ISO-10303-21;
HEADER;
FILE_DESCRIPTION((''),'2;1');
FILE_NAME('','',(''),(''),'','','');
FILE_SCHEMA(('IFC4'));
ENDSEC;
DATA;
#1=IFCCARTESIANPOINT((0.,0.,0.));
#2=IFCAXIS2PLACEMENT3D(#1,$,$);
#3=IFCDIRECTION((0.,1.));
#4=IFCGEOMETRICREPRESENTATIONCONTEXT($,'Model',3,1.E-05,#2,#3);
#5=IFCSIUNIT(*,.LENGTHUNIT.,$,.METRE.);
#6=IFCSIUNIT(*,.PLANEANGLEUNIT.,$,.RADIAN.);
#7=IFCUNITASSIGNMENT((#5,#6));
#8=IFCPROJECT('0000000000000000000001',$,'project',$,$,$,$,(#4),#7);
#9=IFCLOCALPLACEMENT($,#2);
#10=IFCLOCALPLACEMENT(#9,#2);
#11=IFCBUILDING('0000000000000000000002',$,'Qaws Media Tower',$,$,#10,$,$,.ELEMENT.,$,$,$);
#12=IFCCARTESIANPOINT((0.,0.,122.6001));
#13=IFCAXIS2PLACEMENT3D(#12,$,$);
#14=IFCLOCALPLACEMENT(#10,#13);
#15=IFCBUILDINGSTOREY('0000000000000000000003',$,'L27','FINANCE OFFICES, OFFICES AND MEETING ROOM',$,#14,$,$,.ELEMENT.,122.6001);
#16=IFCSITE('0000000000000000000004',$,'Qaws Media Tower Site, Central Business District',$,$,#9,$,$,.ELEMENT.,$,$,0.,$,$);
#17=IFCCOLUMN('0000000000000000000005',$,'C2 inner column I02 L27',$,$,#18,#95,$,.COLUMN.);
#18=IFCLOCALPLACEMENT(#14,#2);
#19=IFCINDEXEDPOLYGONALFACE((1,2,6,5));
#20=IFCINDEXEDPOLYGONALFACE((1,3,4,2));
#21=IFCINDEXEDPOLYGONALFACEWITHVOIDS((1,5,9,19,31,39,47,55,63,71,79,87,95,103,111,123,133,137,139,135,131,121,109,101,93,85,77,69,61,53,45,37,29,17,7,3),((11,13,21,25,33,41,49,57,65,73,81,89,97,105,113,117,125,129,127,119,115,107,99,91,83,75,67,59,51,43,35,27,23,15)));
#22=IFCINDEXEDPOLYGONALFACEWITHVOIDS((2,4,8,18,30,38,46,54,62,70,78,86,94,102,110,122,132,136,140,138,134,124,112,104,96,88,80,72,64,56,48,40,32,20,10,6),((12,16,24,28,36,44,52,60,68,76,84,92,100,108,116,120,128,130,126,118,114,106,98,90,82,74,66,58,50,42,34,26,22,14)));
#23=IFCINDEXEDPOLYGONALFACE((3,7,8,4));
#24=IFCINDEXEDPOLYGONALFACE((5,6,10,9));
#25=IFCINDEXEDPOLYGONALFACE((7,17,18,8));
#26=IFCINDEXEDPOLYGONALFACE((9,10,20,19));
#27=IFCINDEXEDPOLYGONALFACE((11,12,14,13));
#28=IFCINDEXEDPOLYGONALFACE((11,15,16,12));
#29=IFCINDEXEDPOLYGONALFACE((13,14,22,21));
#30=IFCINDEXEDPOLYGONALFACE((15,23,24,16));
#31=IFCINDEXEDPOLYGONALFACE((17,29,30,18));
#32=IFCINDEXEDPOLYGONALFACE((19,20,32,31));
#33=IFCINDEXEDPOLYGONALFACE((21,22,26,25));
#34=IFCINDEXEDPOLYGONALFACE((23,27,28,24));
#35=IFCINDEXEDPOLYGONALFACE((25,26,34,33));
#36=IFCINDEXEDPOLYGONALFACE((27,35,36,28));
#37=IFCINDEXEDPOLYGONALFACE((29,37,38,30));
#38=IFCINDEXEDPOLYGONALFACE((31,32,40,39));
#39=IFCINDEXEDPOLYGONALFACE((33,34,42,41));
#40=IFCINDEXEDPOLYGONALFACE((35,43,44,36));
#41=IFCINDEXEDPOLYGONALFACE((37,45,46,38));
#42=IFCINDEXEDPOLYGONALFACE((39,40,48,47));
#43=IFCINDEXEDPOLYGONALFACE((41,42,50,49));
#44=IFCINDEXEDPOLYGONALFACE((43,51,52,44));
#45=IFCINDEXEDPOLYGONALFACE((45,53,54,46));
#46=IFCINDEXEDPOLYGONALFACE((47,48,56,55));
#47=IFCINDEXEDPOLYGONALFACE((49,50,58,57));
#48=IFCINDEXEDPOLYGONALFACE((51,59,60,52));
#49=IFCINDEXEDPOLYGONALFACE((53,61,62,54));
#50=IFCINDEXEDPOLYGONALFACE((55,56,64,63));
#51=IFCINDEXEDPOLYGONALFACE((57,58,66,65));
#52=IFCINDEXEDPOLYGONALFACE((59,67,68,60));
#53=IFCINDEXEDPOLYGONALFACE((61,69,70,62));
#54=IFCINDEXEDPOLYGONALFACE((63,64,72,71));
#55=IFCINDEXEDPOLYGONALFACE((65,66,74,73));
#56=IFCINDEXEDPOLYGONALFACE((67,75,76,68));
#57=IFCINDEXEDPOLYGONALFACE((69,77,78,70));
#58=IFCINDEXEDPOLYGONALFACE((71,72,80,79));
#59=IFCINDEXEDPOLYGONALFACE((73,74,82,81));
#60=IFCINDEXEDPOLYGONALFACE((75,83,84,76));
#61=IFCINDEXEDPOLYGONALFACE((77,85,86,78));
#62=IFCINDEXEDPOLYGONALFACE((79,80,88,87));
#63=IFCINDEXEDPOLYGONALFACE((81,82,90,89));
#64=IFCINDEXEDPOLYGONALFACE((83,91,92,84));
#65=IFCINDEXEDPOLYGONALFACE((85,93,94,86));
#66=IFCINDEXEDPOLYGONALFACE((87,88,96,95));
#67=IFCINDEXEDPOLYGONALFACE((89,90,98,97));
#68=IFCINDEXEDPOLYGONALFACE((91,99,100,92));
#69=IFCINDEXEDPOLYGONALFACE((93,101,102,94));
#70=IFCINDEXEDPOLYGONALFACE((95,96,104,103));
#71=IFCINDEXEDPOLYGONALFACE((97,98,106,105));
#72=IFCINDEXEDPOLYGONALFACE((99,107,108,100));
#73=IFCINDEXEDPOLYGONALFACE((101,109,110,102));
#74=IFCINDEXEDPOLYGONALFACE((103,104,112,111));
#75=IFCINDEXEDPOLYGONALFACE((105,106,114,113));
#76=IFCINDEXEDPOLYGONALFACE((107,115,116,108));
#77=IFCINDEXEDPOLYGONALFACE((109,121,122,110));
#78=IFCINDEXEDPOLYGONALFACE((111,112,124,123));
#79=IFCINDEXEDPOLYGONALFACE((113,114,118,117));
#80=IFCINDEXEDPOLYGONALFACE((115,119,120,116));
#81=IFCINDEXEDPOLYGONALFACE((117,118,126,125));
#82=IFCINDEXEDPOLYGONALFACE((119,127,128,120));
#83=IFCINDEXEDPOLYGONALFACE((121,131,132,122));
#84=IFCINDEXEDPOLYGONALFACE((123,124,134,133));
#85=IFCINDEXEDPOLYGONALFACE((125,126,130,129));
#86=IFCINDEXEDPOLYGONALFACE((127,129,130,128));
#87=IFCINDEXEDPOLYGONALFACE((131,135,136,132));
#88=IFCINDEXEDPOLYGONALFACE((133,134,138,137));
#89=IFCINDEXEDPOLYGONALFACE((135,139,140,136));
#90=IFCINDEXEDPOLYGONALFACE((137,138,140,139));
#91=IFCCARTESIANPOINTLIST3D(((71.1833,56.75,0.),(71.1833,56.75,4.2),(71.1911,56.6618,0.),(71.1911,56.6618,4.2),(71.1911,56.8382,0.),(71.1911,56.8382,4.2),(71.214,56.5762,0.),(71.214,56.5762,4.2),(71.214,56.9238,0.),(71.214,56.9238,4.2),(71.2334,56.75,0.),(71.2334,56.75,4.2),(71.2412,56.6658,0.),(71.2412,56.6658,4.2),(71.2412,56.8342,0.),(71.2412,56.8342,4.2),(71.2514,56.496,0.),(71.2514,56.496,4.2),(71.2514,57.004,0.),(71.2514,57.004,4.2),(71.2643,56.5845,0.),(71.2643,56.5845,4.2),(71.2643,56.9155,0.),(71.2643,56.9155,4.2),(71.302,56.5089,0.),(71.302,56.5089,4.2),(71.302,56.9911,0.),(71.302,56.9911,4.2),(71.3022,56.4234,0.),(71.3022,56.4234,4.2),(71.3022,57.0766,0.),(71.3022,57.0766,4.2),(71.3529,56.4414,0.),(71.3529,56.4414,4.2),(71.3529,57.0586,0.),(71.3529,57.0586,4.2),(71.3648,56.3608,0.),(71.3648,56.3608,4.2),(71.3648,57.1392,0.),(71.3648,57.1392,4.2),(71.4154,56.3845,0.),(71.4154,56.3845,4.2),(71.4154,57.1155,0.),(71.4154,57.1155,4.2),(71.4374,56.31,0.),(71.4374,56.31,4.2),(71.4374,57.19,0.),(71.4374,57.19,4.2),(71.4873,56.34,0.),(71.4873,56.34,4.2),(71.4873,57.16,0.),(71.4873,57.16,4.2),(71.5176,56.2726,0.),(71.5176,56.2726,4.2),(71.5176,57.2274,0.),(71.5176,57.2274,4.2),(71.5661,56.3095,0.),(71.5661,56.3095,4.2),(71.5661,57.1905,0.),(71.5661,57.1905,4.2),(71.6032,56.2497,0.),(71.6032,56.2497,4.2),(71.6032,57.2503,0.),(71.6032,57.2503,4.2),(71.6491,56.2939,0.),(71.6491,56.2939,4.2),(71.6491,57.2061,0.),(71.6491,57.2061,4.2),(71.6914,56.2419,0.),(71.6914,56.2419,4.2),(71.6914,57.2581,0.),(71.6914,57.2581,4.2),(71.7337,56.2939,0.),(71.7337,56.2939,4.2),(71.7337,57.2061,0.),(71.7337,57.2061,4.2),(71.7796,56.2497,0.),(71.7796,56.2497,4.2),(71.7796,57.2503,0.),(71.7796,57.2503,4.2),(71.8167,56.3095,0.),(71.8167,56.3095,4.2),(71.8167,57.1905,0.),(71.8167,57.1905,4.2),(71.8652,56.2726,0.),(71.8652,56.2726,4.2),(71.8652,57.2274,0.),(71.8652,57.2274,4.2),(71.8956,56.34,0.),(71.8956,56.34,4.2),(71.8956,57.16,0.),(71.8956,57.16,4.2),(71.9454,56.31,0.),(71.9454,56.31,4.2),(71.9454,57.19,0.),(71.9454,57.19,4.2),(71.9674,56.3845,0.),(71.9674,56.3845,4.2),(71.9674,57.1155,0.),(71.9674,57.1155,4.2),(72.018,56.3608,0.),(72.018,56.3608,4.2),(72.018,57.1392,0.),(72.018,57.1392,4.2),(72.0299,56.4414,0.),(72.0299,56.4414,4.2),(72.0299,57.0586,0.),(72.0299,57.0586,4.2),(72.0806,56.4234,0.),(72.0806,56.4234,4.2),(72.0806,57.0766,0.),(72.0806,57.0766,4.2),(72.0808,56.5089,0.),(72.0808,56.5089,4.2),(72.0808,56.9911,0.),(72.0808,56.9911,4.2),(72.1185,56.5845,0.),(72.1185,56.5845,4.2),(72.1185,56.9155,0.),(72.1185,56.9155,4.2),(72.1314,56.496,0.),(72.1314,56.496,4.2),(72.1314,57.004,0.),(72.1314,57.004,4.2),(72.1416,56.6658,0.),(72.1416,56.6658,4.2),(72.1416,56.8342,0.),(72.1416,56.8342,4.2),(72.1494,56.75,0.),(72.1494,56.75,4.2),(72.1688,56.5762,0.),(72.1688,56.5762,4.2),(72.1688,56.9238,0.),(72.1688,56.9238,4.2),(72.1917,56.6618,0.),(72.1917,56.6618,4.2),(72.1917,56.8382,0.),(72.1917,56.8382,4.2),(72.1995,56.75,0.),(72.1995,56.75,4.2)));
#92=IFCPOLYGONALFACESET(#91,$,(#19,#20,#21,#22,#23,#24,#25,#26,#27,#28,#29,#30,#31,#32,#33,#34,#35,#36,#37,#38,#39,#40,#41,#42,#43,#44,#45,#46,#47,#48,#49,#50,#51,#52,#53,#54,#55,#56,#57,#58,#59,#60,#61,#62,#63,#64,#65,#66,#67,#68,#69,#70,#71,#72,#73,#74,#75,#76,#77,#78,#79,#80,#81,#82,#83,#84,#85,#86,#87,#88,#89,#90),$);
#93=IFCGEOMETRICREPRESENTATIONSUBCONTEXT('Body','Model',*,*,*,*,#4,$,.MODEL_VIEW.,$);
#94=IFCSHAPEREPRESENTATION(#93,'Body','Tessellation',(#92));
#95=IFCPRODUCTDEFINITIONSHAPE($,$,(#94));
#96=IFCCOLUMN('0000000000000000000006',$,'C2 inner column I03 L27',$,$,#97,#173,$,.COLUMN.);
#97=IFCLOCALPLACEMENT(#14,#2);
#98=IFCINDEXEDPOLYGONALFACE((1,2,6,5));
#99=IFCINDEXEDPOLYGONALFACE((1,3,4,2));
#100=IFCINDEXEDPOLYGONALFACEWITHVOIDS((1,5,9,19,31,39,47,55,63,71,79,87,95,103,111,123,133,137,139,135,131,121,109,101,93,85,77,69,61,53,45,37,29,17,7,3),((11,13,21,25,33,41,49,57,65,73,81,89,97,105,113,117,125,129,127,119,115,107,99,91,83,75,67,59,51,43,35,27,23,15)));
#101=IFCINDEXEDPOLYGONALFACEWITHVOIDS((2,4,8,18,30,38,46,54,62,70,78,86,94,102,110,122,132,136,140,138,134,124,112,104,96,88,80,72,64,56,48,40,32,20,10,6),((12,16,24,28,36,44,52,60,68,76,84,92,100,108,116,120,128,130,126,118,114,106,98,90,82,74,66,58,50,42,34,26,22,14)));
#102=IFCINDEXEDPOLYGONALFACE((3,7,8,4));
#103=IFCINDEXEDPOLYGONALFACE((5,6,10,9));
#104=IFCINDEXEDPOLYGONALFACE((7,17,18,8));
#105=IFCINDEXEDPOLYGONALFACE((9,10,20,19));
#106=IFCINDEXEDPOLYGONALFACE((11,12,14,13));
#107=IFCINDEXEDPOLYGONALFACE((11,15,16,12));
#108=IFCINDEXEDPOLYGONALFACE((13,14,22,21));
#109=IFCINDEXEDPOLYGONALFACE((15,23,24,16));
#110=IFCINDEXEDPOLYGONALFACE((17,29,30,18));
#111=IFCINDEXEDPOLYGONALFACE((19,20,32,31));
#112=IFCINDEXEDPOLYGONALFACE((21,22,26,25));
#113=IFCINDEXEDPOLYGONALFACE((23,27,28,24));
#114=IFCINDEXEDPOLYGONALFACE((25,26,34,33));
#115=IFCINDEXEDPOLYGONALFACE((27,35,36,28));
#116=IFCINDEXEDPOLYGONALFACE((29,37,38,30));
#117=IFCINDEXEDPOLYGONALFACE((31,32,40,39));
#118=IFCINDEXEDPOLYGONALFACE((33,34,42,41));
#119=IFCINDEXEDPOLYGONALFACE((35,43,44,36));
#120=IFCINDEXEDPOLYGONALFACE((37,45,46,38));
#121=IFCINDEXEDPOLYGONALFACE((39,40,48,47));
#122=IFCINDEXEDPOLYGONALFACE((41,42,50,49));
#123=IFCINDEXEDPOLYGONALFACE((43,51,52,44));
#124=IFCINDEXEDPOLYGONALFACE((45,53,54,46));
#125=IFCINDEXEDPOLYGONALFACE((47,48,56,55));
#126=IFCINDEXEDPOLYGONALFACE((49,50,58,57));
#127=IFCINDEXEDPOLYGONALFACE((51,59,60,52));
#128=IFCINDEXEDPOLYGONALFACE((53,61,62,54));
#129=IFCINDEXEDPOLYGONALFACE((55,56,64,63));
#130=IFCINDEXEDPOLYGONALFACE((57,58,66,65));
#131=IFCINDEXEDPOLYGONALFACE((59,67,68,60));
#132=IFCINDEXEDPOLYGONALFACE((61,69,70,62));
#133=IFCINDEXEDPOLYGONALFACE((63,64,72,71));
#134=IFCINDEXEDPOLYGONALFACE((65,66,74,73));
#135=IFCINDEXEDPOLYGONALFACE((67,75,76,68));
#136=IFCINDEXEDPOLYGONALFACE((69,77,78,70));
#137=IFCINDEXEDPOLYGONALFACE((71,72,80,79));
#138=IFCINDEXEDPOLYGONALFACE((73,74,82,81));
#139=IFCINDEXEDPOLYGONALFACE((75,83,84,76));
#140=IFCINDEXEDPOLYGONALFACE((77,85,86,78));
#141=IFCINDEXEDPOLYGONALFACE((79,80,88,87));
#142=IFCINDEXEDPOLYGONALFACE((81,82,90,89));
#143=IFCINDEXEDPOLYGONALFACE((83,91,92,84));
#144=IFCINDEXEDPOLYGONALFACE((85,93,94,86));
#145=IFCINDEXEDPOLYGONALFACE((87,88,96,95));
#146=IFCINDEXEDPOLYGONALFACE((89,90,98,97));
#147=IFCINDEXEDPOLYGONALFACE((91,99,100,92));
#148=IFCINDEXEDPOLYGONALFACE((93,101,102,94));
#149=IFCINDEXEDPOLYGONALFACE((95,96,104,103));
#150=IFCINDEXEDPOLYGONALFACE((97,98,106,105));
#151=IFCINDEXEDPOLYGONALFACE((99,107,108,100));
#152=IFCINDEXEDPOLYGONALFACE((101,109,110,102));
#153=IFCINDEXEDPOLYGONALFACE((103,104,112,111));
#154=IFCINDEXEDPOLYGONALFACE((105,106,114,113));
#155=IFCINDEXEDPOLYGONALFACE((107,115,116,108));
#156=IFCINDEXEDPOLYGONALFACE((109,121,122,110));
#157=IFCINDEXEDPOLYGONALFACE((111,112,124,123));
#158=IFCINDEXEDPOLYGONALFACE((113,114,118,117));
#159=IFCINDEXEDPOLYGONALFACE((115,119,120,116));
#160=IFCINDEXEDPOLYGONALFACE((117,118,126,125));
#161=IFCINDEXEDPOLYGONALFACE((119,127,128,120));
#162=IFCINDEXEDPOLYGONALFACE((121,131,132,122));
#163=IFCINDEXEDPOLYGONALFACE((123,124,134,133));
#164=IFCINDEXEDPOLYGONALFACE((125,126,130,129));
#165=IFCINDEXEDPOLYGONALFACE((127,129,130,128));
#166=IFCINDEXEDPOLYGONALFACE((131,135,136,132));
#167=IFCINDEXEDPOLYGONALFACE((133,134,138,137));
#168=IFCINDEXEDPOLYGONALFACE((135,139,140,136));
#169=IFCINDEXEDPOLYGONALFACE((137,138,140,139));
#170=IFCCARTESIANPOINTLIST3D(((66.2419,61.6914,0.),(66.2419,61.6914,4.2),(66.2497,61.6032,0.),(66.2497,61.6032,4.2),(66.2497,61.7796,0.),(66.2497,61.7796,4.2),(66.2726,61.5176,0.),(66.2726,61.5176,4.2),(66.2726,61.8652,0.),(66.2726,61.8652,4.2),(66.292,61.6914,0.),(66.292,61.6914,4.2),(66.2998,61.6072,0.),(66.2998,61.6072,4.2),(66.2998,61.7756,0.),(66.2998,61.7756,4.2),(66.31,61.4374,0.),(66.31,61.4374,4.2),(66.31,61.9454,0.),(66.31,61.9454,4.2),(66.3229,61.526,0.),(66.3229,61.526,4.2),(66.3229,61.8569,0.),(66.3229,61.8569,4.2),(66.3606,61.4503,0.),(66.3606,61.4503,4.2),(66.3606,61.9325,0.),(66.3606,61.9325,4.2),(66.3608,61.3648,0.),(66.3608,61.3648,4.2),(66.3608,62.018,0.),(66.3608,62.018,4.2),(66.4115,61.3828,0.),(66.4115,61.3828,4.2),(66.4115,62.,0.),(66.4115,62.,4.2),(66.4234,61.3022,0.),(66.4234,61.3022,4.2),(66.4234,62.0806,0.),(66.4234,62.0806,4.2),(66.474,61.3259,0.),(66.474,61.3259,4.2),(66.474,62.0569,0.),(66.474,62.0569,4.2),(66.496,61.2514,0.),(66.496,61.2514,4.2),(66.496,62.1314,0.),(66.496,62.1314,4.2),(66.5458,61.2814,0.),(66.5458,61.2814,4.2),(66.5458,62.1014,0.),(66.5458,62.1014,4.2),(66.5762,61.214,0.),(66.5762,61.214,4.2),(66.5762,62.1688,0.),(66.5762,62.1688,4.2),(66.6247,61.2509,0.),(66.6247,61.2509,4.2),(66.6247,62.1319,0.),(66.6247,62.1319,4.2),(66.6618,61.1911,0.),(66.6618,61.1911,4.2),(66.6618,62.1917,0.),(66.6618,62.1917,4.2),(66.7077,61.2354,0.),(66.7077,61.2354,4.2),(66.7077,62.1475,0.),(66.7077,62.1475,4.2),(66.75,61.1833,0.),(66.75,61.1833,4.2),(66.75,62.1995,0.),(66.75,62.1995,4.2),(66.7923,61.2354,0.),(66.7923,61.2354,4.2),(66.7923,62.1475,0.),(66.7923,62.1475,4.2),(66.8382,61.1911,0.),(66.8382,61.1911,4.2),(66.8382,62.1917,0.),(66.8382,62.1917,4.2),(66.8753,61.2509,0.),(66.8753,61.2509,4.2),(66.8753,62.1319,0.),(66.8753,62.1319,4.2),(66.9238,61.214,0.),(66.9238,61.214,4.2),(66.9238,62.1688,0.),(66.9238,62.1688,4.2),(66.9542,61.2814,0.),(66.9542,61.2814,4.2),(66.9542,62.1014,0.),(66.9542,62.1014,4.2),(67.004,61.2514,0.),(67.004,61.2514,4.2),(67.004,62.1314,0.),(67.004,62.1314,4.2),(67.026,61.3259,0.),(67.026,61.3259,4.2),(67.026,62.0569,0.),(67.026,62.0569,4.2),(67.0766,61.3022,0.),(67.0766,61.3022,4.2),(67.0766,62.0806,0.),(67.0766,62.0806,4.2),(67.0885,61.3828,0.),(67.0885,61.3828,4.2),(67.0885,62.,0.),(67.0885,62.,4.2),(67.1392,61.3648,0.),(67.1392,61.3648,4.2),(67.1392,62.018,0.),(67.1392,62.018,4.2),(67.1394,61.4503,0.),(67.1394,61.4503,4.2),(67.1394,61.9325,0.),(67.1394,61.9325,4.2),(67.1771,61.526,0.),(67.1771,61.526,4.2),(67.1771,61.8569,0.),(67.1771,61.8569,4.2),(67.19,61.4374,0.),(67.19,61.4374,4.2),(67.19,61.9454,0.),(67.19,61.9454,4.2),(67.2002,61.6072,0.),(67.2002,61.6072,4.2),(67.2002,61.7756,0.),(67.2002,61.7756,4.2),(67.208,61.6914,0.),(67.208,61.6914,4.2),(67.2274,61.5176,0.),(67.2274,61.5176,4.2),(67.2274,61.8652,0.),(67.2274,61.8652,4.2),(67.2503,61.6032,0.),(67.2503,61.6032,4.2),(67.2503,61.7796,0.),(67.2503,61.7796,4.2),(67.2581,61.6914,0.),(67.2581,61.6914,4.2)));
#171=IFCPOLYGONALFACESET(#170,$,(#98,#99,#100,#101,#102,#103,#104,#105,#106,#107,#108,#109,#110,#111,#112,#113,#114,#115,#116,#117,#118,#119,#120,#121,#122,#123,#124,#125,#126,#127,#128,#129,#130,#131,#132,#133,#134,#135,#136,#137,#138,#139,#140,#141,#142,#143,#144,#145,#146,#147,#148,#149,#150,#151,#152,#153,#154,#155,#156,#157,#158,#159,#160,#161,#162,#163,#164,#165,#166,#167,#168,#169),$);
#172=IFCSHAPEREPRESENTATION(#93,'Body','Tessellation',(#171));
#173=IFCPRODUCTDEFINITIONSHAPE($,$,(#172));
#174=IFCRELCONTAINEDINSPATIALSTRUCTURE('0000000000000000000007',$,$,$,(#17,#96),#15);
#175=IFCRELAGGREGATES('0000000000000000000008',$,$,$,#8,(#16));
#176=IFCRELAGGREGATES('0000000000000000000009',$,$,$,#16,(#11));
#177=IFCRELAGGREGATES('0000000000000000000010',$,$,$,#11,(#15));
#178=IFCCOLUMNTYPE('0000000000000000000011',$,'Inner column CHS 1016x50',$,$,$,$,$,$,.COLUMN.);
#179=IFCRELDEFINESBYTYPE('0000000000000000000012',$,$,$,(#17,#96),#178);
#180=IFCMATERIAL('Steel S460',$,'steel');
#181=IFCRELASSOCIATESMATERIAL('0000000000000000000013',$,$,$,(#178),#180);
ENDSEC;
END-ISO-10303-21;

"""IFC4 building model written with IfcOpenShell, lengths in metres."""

from ifc_helpers import new_model, si_unit, direction, frame, origin, origin_2d, place, context, subcontext, project, spatial, hollow_circle, extrude, material, material_profile, profile_set, type_object, element, save


model = new_model("IFC4")

# Units and contexts
model_context = context("Model", 3, precision=1e-05, world=origin(), true_north=direction((0.0, 1.0)))
body_context = subcontext(model_context, "Body", "Model", "MODEL_VIEW")
ifc_project = project(units=[si_unit("LENGTHUNIT", "METRE"), si_unit("PLANEANGLEUNIT", "RADIAN")], contexts=[model_context])

# Site, building, storey
site_placement = place(None, origin())
site = spatial("IfcSite", under=ifc_project, at=site_placement, Name="Qaws Media Tower Site, Central Business District", CompositionType="ELEMENT", RefElevation=0.0)
building_placement = place(site_placement, origin())
building = spatial("IfcBuilding", under=site, at=building_placement, Name="Qaws Media Tower", CompositionType="ELEMENT")
storey_placement = place(building_placement, frame((0.0, 0.0, 122.6001)))
storey = spatial("IfcBuildingStorey", under=building, at=storey_placement, Name="L27", Description="FINANCE OFFICES, OFFICES AND MEETING ROOM", CompositionType="ELEMENT", Elevation=122.6001)

# Columns
ifc_material_1 = material(Name="Steel S460", Category="steel")
ifc_material_profile_1 = material_profile(ifc_material_1, hollow_circle(Radius=0.5081, WallThickness=0.05, at=origin_2d()), Name="CHS 1016x50")
ifc_profile_set_1 = profile_set([ifc_material_profile_1], Name="Steel S460")
column_type = type_object("IfcColumnType", Name="Inner column CHS 1016x50", PredefinedType="COLUMN", material=ifc_profile_set_1)
for number, where, z_axis, x_axis, name in (
    (1, (71.6914, 56.75, 0.0), (0.0, 0.0, 1.0), (1.0, 0.0, 0.0), "C2 inner column I02 L27"),
    (2, (66.75, 61.6914, 0.0), (0.0, 0.0, 1.0), (1.0, 0.0, 0.0), "C2 inner column I03 L27"),
):
    element("IfcColumn", number, at=place(storey_placement, frame(where, z_axis=z_axis, x_axis=x_axis)), inside=storey, type_object=column_type, Name=name, PredefinedType="COLUMN", context=body_context, shape_type="SweptSolid", body=[
        extrude(hollow_circle(Radius=0.5081, WallThickness=0.05, at=origin_2d()), origin(), (0.0, 0.0, 1.0), 4.2),
    ])

save(model, "model.ifc")
